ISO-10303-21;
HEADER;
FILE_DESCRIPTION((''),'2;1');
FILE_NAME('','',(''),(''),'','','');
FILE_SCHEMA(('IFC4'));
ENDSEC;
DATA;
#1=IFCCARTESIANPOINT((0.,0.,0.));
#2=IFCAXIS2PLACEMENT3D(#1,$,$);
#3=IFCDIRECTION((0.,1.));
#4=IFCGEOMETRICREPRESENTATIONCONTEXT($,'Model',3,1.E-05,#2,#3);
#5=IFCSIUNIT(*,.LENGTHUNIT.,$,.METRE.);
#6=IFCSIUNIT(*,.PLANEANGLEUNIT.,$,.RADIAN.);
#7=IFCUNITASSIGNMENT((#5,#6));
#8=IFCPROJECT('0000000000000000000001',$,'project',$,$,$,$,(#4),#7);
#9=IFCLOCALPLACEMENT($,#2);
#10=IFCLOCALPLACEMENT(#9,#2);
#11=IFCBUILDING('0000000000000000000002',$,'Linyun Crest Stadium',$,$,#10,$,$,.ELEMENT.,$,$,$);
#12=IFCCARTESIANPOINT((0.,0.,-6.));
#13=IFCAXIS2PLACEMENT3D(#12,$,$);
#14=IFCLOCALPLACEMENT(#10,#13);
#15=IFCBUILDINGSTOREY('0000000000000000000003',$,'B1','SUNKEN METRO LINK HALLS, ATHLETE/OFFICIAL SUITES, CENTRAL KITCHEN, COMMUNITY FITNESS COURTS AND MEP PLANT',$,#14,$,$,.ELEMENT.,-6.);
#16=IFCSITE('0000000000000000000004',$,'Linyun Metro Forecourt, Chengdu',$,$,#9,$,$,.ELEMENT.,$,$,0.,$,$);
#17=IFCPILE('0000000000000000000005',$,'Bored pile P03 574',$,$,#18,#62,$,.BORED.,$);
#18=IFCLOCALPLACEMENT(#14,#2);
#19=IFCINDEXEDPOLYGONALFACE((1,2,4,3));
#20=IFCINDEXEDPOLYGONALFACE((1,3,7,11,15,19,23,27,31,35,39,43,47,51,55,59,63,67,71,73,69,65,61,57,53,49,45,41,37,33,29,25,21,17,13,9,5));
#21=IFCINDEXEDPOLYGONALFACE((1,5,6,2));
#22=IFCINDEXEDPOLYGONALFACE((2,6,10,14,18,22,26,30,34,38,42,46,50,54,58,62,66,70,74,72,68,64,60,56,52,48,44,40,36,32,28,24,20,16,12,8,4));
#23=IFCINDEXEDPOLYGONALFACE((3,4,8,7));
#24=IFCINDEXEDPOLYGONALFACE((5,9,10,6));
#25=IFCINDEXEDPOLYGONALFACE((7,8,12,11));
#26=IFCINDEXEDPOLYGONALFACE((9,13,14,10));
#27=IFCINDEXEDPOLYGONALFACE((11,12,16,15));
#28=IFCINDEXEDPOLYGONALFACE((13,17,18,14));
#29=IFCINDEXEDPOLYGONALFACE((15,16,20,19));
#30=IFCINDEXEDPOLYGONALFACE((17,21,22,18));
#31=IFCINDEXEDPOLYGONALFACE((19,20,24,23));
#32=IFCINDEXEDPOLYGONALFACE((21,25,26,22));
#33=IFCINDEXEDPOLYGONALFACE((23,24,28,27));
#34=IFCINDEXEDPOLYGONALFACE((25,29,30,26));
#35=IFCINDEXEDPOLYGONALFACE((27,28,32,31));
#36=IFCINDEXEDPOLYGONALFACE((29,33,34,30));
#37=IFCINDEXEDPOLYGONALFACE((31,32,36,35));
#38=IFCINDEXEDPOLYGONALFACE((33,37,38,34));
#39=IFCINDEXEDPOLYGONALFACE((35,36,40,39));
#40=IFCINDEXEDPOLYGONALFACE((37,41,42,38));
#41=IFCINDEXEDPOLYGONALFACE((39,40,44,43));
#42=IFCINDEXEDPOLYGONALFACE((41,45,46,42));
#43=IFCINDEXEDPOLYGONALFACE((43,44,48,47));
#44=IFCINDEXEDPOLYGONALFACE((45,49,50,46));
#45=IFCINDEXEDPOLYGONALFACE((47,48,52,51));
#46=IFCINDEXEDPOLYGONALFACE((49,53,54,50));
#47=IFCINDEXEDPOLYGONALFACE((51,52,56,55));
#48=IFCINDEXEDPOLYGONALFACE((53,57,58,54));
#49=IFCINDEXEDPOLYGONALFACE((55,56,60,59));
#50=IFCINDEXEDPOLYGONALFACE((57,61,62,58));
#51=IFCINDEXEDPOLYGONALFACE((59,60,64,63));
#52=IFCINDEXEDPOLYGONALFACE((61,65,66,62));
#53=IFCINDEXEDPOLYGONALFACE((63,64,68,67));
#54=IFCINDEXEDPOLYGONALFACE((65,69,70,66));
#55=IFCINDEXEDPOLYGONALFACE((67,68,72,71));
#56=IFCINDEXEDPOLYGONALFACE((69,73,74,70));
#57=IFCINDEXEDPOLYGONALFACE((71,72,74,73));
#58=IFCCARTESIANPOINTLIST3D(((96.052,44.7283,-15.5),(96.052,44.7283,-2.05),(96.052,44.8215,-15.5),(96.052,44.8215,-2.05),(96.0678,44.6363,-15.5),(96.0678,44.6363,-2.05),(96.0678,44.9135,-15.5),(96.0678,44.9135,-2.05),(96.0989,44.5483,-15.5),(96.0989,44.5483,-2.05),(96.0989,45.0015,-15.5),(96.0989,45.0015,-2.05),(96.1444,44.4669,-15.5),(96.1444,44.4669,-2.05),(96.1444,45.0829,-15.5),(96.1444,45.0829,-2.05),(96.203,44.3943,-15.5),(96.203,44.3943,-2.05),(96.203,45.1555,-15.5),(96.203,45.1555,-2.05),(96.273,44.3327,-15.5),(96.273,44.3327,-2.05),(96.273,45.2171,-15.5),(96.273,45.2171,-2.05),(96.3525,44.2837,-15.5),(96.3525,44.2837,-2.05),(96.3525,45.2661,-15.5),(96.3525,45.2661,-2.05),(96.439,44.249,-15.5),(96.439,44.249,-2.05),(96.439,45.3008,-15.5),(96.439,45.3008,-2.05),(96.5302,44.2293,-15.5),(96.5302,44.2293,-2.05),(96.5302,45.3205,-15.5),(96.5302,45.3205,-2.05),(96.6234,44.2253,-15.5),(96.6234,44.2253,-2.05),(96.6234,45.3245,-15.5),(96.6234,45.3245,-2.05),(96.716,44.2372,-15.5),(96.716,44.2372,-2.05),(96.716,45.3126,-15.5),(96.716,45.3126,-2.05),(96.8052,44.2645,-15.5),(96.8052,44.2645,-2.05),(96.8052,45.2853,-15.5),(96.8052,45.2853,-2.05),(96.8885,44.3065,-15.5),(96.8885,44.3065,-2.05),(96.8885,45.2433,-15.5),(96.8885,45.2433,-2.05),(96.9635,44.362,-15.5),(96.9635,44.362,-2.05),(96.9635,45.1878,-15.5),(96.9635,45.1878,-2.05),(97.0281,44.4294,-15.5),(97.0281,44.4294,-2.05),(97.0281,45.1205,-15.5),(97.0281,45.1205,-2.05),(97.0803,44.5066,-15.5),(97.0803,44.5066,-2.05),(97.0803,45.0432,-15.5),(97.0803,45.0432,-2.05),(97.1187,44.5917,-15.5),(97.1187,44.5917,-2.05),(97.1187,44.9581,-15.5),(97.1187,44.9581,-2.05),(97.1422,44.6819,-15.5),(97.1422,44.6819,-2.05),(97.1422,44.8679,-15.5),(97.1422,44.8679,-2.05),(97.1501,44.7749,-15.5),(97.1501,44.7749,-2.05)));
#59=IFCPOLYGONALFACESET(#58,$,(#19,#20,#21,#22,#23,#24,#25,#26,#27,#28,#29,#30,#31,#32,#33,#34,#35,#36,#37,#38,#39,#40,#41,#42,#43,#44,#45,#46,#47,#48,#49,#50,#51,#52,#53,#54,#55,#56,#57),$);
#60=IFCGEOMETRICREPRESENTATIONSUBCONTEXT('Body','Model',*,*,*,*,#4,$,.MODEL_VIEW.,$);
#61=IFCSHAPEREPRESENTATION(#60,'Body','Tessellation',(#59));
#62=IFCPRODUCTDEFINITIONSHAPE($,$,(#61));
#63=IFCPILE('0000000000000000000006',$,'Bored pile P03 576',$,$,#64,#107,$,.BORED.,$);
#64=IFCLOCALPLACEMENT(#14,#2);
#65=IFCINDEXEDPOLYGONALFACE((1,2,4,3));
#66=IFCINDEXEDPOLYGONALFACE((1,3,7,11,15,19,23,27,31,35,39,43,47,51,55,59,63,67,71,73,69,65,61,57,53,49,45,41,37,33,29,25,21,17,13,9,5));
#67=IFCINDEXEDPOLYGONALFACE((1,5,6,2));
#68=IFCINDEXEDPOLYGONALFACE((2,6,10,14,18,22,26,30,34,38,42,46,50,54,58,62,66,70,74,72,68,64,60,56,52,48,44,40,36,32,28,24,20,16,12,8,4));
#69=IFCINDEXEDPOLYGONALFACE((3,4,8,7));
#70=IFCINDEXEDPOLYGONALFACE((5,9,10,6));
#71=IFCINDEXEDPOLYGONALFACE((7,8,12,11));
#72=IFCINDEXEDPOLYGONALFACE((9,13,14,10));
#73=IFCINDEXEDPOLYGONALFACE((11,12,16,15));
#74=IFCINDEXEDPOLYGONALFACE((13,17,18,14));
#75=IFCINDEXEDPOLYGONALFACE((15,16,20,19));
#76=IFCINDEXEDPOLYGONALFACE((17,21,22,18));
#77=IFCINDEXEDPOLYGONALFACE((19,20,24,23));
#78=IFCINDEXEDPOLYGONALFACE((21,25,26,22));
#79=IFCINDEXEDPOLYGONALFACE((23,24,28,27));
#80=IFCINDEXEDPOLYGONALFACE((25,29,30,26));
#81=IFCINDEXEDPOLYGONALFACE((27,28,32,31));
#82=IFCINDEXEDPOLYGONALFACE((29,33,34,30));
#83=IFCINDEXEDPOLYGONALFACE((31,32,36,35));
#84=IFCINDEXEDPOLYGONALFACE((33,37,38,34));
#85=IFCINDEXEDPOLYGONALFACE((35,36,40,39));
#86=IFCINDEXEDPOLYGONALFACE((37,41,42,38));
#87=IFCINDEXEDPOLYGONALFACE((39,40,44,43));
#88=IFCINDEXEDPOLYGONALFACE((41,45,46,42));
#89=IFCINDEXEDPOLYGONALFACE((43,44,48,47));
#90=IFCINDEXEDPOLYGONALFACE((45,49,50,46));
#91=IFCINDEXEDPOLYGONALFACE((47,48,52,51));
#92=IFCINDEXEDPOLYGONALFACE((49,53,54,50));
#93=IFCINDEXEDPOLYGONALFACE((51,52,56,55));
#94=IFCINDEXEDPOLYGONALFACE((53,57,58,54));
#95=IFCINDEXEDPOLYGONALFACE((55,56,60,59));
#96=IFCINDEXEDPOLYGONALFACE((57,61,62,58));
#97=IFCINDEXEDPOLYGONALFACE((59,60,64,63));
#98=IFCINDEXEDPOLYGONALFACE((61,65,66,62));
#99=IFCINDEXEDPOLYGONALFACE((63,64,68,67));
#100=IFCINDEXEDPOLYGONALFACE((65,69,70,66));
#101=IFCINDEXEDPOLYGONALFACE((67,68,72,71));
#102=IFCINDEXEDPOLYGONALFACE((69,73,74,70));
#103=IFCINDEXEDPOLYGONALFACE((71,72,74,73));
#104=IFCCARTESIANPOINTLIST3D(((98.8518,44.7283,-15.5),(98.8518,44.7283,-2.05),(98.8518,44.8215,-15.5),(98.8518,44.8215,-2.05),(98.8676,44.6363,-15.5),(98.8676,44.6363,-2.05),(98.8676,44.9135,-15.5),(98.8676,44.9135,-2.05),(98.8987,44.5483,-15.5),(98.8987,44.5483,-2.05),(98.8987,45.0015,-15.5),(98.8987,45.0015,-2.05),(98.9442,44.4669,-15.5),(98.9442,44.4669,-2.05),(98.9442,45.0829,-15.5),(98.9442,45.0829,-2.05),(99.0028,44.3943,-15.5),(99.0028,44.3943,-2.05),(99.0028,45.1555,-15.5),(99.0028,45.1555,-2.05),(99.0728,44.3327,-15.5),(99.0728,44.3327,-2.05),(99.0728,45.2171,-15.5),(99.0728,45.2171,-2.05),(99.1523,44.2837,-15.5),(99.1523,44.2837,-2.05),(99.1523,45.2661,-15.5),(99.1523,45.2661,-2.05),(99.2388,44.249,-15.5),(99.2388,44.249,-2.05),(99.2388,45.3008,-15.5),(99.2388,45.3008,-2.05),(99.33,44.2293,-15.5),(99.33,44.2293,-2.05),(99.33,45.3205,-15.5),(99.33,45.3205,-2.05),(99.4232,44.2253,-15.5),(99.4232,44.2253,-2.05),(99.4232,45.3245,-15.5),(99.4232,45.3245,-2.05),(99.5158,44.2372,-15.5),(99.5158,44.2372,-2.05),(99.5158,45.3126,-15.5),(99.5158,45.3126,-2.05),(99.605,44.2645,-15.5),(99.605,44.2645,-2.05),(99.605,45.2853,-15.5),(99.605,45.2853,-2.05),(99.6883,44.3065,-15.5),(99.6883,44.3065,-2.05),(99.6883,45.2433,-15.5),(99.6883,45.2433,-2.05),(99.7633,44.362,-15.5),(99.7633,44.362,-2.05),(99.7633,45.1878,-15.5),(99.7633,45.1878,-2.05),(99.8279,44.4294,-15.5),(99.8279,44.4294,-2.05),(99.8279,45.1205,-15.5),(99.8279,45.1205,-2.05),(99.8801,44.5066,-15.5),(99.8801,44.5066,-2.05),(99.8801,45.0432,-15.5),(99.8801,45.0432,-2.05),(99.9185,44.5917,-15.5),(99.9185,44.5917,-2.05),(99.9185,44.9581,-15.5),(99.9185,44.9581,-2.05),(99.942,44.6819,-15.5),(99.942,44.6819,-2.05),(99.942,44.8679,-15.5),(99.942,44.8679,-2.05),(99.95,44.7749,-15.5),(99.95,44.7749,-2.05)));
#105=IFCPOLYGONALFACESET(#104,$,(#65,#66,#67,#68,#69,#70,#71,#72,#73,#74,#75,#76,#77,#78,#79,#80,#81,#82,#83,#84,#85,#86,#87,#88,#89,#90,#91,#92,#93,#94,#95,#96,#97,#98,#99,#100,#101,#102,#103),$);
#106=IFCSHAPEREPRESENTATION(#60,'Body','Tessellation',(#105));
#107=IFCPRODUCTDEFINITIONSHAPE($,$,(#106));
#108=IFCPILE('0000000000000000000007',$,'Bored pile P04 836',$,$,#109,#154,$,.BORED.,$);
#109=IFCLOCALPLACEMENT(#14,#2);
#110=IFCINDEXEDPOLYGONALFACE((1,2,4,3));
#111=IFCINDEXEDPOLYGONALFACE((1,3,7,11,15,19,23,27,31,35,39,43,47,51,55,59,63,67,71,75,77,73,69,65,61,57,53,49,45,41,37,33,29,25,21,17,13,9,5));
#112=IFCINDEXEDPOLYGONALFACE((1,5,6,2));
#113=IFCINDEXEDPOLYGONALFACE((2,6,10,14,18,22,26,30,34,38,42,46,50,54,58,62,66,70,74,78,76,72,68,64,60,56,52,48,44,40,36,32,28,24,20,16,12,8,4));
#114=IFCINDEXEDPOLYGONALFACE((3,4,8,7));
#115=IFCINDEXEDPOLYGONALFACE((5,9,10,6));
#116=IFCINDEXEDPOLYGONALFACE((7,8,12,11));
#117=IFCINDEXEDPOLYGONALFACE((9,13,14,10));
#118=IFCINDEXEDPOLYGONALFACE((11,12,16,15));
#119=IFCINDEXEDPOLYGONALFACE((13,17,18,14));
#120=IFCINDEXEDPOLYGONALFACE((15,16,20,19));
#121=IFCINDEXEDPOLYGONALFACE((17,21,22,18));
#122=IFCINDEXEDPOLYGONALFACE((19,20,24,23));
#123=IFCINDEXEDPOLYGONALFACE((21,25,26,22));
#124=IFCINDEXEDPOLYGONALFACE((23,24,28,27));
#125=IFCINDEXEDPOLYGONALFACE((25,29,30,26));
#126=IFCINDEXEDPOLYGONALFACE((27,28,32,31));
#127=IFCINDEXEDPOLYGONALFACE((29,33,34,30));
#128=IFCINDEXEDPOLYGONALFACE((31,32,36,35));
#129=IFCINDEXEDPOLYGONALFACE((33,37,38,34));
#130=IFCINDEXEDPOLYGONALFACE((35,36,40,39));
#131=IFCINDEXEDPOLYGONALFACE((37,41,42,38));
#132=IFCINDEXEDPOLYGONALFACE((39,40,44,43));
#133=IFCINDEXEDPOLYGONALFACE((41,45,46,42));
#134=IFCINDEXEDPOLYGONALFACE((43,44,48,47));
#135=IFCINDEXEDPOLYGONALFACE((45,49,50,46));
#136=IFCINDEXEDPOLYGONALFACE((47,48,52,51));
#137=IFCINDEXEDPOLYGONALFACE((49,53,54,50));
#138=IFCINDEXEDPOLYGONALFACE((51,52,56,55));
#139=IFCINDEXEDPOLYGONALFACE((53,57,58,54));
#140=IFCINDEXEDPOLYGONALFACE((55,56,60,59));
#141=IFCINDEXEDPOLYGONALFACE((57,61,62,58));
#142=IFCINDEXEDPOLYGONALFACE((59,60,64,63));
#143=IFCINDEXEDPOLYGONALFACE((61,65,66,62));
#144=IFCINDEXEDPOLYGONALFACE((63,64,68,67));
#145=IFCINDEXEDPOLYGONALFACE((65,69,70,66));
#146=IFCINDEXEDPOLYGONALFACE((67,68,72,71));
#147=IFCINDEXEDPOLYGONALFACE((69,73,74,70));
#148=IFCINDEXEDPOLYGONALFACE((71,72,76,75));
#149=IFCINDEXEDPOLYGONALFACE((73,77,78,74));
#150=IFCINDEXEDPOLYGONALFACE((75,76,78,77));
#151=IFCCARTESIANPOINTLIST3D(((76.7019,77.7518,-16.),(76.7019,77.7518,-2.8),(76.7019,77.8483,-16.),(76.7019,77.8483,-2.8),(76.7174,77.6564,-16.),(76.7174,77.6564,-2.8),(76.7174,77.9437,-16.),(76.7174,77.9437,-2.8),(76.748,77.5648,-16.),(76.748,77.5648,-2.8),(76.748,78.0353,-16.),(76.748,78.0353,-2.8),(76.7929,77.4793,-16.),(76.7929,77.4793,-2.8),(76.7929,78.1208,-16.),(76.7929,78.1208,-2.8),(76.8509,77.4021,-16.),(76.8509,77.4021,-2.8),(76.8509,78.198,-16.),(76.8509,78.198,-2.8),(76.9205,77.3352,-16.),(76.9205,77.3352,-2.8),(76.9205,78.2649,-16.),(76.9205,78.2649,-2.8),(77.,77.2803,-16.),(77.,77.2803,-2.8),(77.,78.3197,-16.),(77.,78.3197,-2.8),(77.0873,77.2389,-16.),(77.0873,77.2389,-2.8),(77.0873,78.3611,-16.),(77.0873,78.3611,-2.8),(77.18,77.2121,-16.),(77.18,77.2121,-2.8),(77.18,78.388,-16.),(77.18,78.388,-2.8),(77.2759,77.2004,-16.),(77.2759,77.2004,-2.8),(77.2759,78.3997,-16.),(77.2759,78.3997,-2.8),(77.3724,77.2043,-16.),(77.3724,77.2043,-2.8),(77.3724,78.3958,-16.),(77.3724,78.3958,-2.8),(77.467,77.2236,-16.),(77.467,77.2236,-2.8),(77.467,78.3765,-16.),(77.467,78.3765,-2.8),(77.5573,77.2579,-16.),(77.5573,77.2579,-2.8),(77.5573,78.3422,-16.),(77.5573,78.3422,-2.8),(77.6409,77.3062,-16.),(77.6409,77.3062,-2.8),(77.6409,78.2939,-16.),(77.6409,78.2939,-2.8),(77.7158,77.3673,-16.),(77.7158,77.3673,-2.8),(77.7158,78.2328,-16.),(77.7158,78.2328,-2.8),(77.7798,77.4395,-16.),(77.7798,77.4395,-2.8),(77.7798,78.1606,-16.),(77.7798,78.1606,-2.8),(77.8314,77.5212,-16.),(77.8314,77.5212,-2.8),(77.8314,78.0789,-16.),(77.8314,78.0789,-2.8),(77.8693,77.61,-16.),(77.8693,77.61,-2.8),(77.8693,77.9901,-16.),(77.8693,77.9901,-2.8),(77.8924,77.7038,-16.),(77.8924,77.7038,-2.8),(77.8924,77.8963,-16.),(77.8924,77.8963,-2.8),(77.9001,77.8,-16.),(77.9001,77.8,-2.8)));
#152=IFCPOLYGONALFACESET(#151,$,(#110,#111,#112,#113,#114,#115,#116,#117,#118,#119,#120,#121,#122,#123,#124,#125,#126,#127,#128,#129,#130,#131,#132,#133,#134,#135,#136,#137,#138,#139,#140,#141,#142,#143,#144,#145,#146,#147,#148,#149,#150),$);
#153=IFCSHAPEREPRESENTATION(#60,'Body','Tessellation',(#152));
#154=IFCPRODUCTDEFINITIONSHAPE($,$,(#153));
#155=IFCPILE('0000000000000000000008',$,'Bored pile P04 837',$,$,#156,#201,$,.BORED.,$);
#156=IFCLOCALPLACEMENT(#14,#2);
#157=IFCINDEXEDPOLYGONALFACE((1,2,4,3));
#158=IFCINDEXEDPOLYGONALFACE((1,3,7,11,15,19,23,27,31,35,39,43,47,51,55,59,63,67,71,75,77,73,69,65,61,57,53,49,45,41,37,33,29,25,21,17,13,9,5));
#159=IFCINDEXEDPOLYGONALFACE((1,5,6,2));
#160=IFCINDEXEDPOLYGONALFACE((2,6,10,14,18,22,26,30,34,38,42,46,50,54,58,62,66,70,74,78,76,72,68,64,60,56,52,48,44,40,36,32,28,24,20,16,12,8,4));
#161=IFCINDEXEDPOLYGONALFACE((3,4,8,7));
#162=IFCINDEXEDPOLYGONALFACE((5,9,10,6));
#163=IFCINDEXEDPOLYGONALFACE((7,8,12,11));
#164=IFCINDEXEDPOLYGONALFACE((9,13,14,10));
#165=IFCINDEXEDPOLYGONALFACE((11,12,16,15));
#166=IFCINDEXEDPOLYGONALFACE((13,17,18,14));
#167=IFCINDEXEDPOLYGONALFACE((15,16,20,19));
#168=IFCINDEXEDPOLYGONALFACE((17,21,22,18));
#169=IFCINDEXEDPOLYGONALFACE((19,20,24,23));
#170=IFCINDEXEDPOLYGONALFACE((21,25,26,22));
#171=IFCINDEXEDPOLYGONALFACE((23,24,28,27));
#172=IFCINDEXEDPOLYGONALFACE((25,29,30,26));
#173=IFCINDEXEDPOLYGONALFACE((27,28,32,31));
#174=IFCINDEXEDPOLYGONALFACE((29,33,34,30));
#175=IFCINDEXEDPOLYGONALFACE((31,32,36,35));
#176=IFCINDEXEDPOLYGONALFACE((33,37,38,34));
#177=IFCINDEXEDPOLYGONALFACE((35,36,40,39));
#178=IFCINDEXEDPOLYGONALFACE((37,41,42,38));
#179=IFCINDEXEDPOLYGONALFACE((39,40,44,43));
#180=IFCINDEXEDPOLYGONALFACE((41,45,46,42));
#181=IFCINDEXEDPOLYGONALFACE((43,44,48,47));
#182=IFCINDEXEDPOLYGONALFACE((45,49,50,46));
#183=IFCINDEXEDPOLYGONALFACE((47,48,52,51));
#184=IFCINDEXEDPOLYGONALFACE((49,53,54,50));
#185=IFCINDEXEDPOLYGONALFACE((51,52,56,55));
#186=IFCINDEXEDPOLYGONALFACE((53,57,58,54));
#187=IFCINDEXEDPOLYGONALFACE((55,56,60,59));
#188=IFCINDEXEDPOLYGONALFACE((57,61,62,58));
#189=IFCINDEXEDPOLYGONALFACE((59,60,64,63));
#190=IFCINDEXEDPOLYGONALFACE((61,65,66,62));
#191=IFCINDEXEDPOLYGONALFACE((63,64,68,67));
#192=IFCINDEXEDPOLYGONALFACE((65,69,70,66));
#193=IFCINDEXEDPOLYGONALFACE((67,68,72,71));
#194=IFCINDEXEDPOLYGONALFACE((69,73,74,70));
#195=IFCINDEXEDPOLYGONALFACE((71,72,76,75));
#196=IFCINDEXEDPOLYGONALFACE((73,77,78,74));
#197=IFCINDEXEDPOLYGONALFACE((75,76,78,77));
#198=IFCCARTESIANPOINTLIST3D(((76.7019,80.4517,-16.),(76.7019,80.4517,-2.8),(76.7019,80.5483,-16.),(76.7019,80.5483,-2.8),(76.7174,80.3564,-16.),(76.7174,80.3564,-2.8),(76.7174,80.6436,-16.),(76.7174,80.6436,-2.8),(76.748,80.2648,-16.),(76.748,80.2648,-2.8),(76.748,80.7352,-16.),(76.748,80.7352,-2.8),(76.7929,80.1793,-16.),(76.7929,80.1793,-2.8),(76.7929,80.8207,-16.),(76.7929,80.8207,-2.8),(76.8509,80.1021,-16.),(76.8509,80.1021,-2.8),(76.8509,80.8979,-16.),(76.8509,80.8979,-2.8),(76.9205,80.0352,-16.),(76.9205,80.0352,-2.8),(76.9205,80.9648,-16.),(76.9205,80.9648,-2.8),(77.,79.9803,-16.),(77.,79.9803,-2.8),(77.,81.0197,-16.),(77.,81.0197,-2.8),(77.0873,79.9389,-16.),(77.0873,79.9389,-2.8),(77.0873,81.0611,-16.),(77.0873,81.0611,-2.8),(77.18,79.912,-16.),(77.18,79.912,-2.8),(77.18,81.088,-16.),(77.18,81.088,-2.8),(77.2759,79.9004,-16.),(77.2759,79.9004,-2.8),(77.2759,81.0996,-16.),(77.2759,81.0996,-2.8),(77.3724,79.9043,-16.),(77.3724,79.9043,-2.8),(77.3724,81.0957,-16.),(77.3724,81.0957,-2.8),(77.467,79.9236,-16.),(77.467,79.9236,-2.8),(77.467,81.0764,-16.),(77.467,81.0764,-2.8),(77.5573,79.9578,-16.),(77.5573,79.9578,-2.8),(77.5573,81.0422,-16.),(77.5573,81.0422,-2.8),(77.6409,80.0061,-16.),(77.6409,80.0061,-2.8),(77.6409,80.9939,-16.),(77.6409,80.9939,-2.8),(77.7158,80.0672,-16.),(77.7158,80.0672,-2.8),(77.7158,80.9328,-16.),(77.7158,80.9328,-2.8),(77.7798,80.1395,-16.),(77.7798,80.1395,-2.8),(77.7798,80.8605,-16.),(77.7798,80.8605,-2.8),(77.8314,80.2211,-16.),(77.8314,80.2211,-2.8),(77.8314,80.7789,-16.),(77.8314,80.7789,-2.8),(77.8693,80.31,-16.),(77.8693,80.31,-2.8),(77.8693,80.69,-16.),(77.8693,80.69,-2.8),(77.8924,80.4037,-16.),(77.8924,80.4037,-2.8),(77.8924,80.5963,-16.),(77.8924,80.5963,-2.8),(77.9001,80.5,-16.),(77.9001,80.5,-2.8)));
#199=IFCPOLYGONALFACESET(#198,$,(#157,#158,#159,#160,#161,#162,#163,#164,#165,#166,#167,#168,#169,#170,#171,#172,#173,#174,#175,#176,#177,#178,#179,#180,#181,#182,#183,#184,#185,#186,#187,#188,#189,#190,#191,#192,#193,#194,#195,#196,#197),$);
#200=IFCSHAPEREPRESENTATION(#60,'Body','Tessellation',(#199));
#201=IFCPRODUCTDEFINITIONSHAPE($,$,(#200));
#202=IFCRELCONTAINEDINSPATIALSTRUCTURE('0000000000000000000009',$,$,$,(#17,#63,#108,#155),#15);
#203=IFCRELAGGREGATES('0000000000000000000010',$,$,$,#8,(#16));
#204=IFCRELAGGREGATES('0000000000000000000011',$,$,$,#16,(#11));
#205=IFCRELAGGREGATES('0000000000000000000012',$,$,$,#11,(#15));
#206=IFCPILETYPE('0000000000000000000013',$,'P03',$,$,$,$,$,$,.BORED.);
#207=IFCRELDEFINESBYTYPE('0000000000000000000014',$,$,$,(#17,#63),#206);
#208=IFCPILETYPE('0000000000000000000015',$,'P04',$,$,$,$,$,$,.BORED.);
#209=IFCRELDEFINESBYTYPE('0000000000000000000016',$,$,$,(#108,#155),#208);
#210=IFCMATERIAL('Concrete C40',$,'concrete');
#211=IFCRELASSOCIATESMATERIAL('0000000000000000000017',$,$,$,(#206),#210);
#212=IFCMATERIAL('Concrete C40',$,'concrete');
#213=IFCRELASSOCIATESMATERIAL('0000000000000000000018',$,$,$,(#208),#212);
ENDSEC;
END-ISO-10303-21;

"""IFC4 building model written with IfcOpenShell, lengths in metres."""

from ifc_helpers import new_model, si_unit, direction, frame, origin, origin_2d, place, context, subcontext, project, spatial, circle, extrude, material, material_profile, profile_set, type_object, element, save


model = new_model("IFC4")

# Units and contexts
model_context = context("Model", 3, precision=1e-05, world=origin(), true_north=direction((0.0, 1.0)))
body_context = subcontext(model_context, "Body", "Model", "MODEL_VIEW")
ifc_project = project(units=[si_unit("LENGTHUNIT", "METRE"), si_unit("PLANEANGLEUNIT", "RADIAN")], contexts=[model_context])

# Site, building, storey
site_placement = place(None, origin())
site = spatial("IfcSite", under=ifc_project, at=site_placement, Name="Linyun Metro Forecourt, Chengdu", CompositionType="ELEMENT", RefElevation=0.0)
building_placement = place(site_placement, origin())
building = spatial("IfcBuilding", under=site, at=building_placement, Name="Linyun Crest Stadium", CompositionType="ELEMENT")
storey_placement = place(building_placement, frame((0.0, 0.0, -6.0)))
storey = spatial("IfcBuildingStorey", under=building, at=storey_placement, Name="B1", Description="SUNKEN METRO LINK HALLS, ATHLETE/OFFICIAL SUITES, CENTRAL KITCHEN, COMMUNITY FITNESS COURTS AND MEP PLANT", CompositionType="ELEMENT", Elevation=-6.0)

# Piles
ifc_material_1 = material(Name="Concrete C40", Category="concrete")
ifc_material_profile_1 = material_profile(ifc_material_1, circle(Radius=0.55, at=origin_2d()), Name="BORED PILE 1100")
ifc_profile_set_1 = profile_set([ifc_material_profile_1], Name="Concrete C40")
pile_type_1 = type_object("IfcPileType", Name="P03", PredefinedType="BORED", material=ifc_profile_set_1)
for number, where, z_axis, x_axis, name in (
    (1, (96.6001, 44.7749, -2.05), (0.0, 0.0, -1.0), (1.0, 0.0, 0.0), "Bored pile P03 574"),
    (2, (99.3999, 44.7749, -2.05), (0.0, 0.0, -1.0), (1.0, 0.0, 0.0), "Bored pile P03 576"),
):
    element("IfcPile", number, at=place(storey_placement, frame(where, z_axis=z_axis, x_axis=x_axis)), inside=storey, type_object=pile_type_1, Name=name, PredefinedType="BORED", context=body_context, shape_type="SweptSolid", body=[
        extrude(circle(Radius=0.55, at=origin_2d()), origin(), (0.0, 0.0, 1.0), 13.45),
    ])
ifc_material_2 = material(Name="Concrete C40", Category="concrete")
ifc_material_profile_2 = material_profile(ifc_material_2, circle(Radius=0.6001, at=origin_2d()), Name="BORED PILE 1200")
ifc_profile_set_2 = profile_set([ifc_material_profile_2], Name="Concrete C40")
pile_type_2 = type_object("IfcPileType", Name="P04", PredefinedType="BORED", material=ifc_profile_set_2)
for number, where, z_axis, x_axis, name in (
    (3, (77.3, 77.8, -2.8), (0.0, 0.0, -1.0), (1.0, 0.0, 0.0), "Bored pile P04 836"),
    (4, (77.3, 80.5, -2.8), (0.0, 0.0, -1.0), (1.0, 0.0, 0.0), "Bored pile P04 837"),
):
    element("IfcPile", number, at=place(storey_placement, frame(where, z_axis=z_axis, x_axis=x_axis)), inside=storey, type_object=pile_type_2, Name=name, PredefinedType="BORED", context=body_context, shape_type="SweptSolid", body=[
        extrude(circle(Radius=0.6001, at=origin_2d()), origin(), (0.0, 0.0, 1.0), 13.2),
    ])

save(model, "model.ifc")
